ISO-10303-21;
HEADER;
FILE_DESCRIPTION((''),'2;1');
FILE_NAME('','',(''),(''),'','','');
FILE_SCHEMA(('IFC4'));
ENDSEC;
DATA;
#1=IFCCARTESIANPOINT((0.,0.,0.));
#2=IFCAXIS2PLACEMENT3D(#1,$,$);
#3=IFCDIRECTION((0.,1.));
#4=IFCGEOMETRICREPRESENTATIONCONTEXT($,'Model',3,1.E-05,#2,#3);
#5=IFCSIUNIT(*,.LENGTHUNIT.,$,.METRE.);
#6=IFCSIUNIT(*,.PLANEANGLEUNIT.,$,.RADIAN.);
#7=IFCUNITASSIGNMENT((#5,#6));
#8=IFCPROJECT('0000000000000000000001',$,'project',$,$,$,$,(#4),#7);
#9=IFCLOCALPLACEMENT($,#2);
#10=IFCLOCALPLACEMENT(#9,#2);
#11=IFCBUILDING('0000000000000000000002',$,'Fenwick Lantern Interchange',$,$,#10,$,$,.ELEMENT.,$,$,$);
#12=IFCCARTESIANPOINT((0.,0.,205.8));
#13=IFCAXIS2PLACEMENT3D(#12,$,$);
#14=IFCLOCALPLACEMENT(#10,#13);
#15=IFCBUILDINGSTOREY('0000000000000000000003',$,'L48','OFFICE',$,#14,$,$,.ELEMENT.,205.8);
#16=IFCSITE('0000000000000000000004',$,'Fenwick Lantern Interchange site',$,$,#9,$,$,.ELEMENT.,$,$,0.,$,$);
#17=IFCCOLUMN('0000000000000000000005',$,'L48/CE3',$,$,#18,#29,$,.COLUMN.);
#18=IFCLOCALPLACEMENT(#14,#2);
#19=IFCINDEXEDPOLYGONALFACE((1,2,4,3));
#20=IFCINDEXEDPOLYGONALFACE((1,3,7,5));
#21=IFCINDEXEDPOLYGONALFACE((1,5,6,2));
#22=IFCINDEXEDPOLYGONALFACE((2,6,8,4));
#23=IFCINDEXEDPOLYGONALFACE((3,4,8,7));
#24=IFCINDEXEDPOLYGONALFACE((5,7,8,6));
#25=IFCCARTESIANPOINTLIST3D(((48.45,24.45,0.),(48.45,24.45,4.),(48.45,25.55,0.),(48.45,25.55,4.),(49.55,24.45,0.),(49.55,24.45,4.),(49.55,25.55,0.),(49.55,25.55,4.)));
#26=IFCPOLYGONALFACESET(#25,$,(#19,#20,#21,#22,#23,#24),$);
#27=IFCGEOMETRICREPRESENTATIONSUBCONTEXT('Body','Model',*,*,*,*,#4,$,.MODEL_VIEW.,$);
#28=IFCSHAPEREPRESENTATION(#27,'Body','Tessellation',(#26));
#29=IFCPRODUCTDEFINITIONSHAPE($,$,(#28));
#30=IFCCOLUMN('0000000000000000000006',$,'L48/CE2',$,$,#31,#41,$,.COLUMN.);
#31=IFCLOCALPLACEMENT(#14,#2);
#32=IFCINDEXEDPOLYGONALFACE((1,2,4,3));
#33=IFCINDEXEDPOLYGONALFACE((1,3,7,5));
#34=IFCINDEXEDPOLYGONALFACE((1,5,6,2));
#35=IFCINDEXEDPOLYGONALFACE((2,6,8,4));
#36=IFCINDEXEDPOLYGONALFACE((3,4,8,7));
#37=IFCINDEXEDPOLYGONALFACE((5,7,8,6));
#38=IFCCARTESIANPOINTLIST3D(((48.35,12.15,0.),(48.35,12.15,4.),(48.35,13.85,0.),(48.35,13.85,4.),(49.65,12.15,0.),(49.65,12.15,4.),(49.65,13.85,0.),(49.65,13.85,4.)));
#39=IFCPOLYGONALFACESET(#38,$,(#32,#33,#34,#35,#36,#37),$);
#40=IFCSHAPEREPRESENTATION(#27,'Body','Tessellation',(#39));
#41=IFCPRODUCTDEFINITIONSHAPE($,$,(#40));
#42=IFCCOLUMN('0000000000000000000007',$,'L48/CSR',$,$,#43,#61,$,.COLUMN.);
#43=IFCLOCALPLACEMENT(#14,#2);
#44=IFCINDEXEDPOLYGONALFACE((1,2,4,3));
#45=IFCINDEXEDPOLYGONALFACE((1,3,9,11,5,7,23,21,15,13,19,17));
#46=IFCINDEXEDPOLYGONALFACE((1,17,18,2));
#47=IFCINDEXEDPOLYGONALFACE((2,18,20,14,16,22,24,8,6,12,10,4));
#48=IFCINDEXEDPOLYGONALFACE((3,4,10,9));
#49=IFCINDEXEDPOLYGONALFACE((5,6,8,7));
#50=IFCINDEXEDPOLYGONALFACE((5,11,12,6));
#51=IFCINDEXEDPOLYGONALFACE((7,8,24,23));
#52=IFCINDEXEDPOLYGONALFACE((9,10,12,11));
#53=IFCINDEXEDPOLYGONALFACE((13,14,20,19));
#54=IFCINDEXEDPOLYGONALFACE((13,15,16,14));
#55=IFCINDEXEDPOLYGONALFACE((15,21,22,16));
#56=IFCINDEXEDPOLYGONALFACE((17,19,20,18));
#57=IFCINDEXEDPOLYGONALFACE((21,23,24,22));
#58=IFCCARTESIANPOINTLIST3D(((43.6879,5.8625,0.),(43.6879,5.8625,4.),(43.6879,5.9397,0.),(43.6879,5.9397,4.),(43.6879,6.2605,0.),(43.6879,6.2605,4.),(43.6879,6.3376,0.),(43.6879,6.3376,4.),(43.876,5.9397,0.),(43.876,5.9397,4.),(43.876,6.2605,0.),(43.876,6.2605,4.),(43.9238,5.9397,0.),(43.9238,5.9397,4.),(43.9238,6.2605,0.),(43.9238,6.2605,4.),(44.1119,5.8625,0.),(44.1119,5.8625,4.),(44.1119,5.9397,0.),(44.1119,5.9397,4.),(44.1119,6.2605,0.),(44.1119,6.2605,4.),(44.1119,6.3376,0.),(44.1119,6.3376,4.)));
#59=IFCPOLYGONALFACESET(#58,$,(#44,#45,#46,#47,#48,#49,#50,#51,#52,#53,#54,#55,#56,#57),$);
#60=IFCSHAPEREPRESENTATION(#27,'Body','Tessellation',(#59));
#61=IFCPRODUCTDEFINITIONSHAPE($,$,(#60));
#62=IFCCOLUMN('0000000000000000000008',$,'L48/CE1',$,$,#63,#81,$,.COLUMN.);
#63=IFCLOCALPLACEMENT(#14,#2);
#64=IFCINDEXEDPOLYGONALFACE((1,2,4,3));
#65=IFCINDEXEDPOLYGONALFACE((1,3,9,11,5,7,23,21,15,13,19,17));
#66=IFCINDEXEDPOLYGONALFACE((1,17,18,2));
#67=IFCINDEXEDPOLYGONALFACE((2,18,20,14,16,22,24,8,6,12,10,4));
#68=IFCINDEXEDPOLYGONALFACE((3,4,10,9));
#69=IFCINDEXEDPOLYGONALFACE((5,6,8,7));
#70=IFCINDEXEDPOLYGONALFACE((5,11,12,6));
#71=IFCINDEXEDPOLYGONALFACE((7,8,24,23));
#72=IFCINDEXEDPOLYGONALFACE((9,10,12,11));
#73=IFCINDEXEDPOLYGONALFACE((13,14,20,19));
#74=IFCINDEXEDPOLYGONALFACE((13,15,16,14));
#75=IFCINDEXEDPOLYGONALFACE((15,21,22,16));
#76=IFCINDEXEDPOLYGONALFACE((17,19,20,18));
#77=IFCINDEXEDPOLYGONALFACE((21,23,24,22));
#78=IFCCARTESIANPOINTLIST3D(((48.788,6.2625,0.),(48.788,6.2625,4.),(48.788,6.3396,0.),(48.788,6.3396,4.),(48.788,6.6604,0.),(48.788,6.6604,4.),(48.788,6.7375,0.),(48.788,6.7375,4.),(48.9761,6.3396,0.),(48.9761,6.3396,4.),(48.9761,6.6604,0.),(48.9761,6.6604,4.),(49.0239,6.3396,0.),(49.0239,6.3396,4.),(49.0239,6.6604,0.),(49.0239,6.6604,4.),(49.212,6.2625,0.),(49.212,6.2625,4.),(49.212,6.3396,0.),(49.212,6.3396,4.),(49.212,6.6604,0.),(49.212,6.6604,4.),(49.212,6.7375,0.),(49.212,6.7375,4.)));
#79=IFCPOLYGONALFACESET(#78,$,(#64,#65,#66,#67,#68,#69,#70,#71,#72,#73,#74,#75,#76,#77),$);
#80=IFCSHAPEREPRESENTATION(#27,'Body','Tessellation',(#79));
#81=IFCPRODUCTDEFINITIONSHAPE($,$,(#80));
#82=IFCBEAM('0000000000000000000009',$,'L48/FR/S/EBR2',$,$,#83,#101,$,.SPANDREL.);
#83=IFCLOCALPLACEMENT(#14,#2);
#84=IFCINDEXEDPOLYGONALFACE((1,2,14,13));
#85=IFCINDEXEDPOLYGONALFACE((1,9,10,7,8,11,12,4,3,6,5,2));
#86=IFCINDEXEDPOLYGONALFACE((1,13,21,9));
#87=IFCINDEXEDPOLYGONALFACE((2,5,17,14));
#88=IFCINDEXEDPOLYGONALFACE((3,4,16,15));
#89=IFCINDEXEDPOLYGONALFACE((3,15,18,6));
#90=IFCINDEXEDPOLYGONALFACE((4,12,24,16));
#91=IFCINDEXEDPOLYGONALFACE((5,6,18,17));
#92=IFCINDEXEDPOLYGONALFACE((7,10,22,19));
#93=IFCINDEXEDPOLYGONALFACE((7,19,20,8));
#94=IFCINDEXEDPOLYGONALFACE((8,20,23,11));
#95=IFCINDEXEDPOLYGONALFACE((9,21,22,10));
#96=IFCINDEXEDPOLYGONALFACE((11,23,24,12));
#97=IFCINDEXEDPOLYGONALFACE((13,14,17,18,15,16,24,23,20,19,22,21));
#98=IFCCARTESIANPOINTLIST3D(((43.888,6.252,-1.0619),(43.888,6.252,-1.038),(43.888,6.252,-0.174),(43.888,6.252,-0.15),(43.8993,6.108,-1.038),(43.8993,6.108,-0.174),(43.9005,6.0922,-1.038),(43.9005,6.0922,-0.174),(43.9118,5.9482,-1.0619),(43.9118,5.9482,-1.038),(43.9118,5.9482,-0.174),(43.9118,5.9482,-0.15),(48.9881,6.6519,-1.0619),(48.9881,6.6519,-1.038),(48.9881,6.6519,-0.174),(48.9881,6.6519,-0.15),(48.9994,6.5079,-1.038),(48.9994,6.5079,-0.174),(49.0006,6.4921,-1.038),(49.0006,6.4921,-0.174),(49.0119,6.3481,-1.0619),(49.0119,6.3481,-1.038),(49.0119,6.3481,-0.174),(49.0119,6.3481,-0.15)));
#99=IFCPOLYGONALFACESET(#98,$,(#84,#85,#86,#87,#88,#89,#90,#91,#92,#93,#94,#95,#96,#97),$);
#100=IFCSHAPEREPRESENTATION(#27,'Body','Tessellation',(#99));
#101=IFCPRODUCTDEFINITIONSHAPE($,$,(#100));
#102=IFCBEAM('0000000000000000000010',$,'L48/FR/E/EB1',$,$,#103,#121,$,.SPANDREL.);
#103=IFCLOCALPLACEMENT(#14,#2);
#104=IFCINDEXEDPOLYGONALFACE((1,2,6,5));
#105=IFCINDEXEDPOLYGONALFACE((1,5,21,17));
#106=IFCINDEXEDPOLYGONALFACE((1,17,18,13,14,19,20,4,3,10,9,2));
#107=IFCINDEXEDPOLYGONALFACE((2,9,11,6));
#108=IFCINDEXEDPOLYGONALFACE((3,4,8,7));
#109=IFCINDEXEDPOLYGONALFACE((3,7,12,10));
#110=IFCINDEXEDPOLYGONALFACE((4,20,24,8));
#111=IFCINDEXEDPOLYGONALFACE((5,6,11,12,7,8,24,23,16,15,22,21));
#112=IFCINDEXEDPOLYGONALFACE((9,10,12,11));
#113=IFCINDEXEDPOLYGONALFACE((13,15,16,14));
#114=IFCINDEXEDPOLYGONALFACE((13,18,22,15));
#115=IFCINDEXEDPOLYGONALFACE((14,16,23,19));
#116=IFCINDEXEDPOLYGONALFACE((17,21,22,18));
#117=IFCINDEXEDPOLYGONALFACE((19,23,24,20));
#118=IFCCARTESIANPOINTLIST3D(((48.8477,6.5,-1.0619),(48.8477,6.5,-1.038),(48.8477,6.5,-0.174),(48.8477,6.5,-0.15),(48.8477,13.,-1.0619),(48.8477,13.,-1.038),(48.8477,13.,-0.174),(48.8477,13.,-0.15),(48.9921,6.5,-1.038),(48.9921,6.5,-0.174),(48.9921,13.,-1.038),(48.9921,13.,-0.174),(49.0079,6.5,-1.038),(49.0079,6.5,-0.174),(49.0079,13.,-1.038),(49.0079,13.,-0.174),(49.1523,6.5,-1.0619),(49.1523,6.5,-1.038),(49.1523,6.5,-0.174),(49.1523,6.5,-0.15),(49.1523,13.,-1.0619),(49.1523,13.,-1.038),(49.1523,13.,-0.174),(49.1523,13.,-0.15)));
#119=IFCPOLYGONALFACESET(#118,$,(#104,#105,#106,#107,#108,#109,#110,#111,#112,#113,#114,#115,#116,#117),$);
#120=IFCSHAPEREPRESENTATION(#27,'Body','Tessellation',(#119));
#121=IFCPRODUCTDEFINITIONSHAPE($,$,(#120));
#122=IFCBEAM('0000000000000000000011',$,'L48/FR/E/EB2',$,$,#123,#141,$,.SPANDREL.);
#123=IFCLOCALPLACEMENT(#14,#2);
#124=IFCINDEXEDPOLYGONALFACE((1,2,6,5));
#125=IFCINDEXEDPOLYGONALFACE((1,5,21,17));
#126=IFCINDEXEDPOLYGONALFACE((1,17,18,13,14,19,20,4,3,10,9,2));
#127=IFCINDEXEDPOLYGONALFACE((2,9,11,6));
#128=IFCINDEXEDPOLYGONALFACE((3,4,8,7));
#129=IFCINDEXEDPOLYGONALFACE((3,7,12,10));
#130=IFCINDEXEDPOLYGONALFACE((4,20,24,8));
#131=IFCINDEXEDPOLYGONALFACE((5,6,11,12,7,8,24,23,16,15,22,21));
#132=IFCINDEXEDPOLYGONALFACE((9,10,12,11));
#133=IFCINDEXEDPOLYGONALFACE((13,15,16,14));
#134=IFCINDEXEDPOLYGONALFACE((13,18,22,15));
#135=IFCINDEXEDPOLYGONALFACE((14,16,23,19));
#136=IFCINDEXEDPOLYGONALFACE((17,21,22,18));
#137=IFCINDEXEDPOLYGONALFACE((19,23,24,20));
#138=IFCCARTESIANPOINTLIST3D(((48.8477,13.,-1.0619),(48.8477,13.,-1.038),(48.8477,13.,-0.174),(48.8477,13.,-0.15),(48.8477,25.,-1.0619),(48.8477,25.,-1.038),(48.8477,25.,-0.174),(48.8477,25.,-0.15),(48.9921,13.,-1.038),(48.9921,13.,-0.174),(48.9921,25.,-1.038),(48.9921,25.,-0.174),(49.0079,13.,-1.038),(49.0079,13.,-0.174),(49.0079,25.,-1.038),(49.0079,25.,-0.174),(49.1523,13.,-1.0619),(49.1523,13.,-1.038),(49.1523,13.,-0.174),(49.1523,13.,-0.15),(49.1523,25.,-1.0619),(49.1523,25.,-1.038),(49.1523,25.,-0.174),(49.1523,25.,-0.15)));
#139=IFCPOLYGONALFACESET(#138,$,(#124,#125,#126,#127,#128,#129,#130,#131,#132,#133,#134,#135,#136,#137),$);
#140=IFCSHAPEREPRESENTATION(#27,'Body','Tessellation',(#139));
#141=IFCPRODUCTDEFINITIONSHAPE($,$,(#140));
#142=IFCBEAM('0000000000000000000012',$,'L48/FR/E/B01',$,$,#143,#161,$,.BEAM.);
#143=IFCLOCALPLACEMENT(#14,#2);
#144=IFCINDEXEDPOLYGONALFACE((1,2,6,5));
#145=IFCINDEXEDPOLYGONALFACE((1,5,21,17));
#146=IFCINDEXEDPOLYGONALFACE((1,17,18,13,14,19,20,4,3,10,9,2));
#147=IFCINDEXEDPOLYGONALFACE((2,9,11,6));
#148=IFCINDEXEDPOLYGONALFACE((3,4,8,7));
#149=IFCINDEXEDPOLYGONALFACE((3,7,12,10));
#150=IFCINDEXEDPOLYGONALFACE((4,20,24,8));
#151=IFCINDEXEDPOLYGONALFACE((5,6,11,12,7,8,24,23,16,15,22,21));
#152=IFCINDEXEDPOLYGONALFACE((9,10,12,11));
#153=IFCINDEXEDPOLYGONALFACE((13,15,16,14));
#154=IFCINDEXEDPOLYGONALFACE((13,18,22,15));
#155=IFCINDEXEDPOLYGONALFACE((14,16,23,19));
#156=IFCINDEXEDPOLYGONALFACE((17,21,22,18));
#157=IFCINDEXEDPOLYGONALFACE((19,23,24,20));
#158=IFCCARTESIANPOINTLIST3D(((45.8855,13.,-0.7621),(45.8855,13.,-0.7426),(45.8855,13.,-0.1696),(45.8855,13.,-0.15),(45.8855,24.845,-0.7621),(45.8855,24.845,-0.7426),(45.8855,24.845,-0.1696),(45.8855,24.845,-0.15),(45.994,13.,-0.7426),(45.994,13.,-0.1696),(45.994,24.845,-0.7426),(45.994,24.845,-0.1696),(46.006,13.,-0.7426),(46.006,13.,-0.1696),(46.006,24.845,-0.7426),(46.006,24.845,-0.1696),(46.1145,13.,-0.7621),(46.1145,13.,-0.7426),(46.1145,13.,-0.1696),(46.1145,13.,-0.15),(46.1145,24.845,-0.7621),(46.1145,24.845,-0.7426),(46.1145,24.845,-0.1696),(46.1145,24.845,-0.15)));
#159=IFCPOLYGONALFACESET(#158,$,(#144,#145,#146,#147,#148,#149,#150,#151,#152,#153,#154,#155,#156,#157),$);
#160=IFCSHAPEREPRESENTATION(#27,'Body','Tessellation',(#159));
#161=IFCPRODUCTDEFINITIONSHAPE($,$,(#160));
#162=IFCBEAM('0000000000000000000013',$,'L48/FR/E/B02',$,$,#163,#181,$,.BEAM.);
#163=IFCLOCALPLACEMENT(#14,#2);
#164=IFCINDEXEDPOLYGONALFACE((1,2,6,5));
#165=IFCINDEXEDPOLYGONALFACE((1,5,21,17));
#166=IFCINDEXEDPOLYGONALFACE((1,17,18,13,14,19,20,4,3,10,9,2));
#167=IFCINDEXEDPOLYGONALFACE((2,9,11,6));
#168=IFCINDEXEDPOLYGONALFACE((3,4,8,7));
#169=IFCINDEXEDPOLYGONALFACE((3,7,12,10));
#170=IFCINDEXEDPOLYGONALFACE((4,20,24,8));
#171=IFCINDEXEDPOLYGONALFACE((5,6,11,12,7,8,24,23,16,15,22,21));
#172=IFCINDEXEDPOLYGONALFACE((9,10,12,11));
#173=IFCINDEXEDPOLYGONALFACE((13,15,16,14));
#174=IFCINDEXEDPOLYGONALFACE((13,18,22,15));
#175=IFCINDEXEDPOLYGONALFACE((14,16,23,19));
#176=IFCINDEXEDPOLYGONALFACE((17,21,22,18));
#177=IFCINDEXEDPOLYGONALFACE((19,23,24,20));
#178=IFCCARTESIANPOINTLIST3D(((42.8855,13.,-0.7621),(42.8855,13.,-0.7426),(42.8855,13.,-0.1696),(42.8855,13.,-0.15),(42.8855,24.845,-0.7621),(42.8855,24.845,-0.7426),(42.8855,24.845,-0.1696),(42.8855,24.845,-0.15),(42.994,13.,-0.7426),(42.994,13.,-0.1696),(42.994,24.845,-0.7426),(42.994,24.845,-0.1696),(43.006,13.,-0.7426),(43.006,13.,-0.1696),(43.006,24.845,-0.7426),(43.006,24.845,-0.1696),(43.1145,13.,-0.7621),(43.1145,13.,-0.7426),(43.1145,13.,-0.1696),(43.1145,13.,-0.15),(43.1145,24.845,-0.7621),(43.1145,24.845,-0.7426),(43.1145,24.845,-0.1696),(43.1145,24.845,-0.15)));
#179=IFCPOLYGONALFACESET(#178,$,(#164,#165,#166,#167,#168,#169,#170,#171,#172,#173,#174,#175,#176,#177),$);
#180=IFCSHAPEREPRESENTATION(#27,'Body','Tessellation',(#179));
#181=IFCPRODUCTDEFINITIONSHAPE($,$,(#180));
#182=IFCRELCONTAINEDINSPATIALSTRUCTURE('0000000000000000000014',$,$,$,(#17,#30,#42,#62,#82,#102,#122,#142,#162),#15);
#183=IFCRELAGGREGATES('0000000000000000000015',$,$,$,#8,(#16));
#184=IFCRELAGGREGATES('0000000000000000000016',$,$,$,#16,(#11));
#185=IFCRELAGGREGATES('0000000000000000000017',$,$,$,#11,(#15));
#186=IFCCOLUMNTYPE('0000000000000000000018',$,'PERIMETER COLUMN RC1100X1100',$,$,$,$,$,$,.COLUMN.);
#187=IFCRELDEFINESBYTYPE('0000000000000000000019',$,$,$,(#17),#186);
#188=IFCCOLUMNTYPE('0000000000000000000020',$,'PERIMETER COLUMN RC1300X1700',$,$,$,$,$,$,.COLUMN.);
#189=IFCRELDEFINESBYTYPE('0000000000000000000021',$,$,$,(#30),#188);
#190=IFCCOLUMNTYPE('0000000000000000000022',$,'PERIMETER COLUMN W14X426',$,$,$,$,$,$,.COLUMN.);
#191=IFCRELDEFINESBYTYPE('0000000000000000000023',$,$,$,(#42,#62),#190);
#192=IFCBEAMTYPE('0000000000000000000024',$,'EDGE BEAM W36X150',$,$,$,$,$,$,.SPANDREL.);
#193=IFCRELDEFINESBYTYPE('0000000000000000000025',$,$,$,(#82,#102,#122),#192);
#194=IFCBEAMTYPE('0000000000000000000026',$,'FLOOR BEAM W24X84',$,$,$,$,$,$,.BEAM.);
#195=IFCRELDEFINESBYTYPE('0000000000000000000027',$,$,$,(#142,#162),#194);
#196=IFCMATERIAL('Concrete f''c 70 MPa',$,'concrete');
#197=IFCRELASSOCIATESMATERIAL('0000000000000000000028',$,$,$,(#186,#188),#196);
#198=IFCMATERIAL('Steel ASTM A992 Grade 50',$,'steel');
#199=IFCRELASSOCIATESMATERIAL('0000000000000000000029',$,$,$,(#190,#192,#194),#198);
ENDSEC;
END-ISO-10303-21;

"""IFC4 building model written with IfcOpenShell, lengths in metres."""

from ifc_helpers import new_model, si_unit, direction, frame, origin, origin_2d, place, context, subcontext, project, spatial, rectangle, i_section, extrude, material, material_profile, profile_set, type_object, element, save


model = new_model("IFC4")

# Units and contexts
model_context = context("Model", 3, precision=1e-05, world=origin(), true_north=direction((0.0, 1.0)))
body_context = subcontext(model_context, "Body", "Model", "MODEL_VIEW")
ifc_project = project(units=[si_unit("LENGTHUNIT", "METRE"), si_unit("PLANEANGLEUNIT", "RADIAN")], contexts=[model_context])

# Site, building, storey
site_placement = place(None, origin())
site = spatial("IfcSite", under=ifc_project, at=site_placement, Name="Fenwick Lantern Interchange site", CompositionType="ELEMENT", RefElevation=0.0)
building_placement = place(site_placement, origin())
building = spatial("IfcBuilding", under=site, at=building_placement, Name="Fenwick Lantern Interchange", CompositionType="ELEMENT")
storey_placement = place(building_placement, frame((0.0, 0.0, 205.8)))
storey = spatial("IfcBuildingStorey", under=building, at=storey_placement, Name="L48", Description="OFFICE", CompositionType="ELEMENT", Elevation=205.8)

# Columns
ifc_material_1 = material(Name="Concrete f'c 70 MPa", Category="concrete")
ifc_material_profile_1 = material_profile(ifc_material_1, rectangle(XDim=1.1001, YDim=1.1001, at=origin_2d()), Name="RC1100X1100")
ifc_profile_set_1 = profile_set([ifc_material_profile_1], Name="Concrete f'c 70 MPa")
column_type_1 = type_object("IfcColumnType", Name="PERIMETER COLUMN RC1100X1100", PredefinedType="COLUMN", material=ifc_profile_set_1)
column_1_placement = place(storey_placement, frame((49.0, 25.0, 0.0), z_axis=(0.0, 0.0, 1.0), x_axis=(1.0, 0.0, 0.0)))
element("IfcColumn", 1, at=column_1_placement, inside=storey, type_object=column_type_1, Name="L48/CE3", PredefinedType="COLUMN", context=body_context, shape_type="SweptSolid", body=[
    extrude(rectangle(XDim=1.1001, YDim=1.1001, at=origin_2d()), origin(), (0.0, 0.0, 1.0), 4.0),
])
ifc_material_profile_2 = material_profile(ifc_material_1, rectangle(XDim=1.3, YDim=1.7, at=origin_2d()), Name="RC1300X1700")
ifc_profile_set_2 = profile_set([ifc_material_profile_2], Name="Concrete f'c 70 MPa")
column_type_2 = type_object("IfcColumnType", Name="PERIMETER COLUMN RC1300X1700", PredefinedType="COLUMN", material=ifc_profile_set_2)
column_2_placement = place(storey_placement, frame((49.0, 13.0, 0.0), z_axis=(0.0, 0.0, 1.0), x_axis=(1.0, 0.0, 0.0)))
element("IfcColumn", 2, at=column_2_placement, inside=storey, type_object=column_type_2, Name="L48/CE2", PredefinedType="COLUMN", context=body_context, shape_type="SweptSolid", body=[
    extrude(rectangle(XDim=1.3, YDim=1.7, at=origin_2d()), origin(), (0.0, 0.0, 1.0), 4.0),
])
ifc_material_2 = material(Name="Steel ASTM A992 Grade 50", Category="steel")
ifc_material_profile_3 = material_profile(ifc_material_2, i_section(OverallWidth=0.4241, OverallDepth=0.4751, WebThickness=0.0479, FlangeThickness=0.0771, at=origin_2d()), Name="W14X426")
ifc_profile_set_3 = profile_set([ifc_material_profile_3], Name="Steel ASTM A992 Grade 50")
column_type_3 = type_object("IfcColumnType", Name="PERIMETER COLUMN W14X426", PredefinedType="COLUMN", material=ifc_profile_set_3)
for number, where, z_axis, x_axis, name in (
    (3, (43.8999, 6.1001, 0.0), (0.0, 0.0, 1.0), (1.0, 0.0, 0.0), "L48/CSR"),
    (4, (49.0, 6.5, 0.0), (0.0, 0.0, 1.0), (1.0, 0.0, 0.0), "L48/CE1"),
):
    element("IfcColumn", number, at=place(storey_placement, frame(where, z_axis=z_axis, x_axis=x_axis)), inside=storey, type_object=column_type_3, Name=name, PredefinedType="COLUMN", context=body_context, shape_type="SweptSolid", body=[
        extrude(i_section(OverallWidth=0.4241, OverallDepth=0.4751, WebThickness=0.0479, FlangeThickness=0.0771, at=origin_2d()), origin(), (0.0, 0.0, 1.0), 4.0),
    ])

# Beams
ifc_material_profile_4 = material_profile(ifc_material_2, i_section(OverallWidth=0.3047, OverallDepth=0.9119, WebThickness=0.0159, FlangeThickness=0.0239, at=origin_2d()), Name="W36X150")
ifc_profile_set_4 = profile_set([ifc_material_profile_4], Name="Steel ASTM A992 Grade 50")
beam_type_1 = type_object("IfcBeamType", Name="EDGE BEAM W36X150", PredefinedType="SPANDREL", material=ifc_profile_set_4)
beam_1_placement = place(storey_placement, frame((43.8999, 6.1001, -0.606), z_axis=(0.99694, 0.078171, 0.0), x_axis=(-0.078171, 0.99694, 0.0)))
element("IfcBeam", 5, at=beam_1_placement, inside=storey, type_object=beam_type_1, Name="L48/FR/S/EBR2", PredefinedType="SPANDREL", context=body_context, shape_type="SweptSolid", body=[
    extrude(i_section(OverallWidth=0.3047, OverallDepth=0.9119, WebThickness=0.0159, FlangeThickness=0.0239, at=origin_2d()), origin(), (0.0, 0.0, 1.0), 5.1157),
])
beam_2_placement = place(storey_placement, frame((49.0, 6.5, -0.606), z_axis=(0.0, 1.0, 0.0), x_axis=(-1.0, 0.0, 0.0)))
element("IfcBeam", 6, at=beam_2_placement, inside=storey, type_object=beam_type_1, Name="L48/FR/E/EB1", PredefinedType="SPANDREL", context=body_context, shape_type="SweptSolid", body=[
    extrude(i_section(OverallWidth=0.3047, OverallDepth=0.9119, WebThickness=0.0159, FlangeThickness=0.0239, at=origin_2d()), origin(), (0.0, 0.0, 1.0), 6.5),
])
beam_3_placement = place(storey_placement, frame((49.0, 13.0, -0.606), z_axis=(0.0, 1.0, 0.0), x_axis=(-1.0, 0.0, 0.0)))
element("IfcBeam", 7, at=beam_3_placement, inside=storey, type_object=beam_type_1, Name="L48/FR/E/EB2", PredefinedType="SPANDREL", context=body_context, shape_type="SweptSolid", body=[
    extrude(i_section(OverallWidth=0.3047, OverallDepth=0.9119, WebThickness=0.0159, FlangeThickness=0.0239, at=origin_2d()), origin(), (0.0, 0.0, 1.0), 12.0),
])
ifc_material_profile_5 = material_profile(ifc_material_2, i_section(OverallWidth=0.229, OverallDepth=0.6121, WebThickness=0.012, FlangeThickness=0.0195, at=origin_2d()), Name="W24X84")
ifc_profile_set_5 = profile_set([ifc_material_profile_5], Name="Steel ASTM A992 Grade 50")
beam_type_2 = type_object("IfcBeamType", Name="FLOOR BEAM W24X84", PredefinedType="BEAM", material=ifc_profile_set_5)
for number, where, z_axis, x_axis, name in (
    (8, (46.0, 13.0, -0.4561), (0.0, 1.0, 0.0), (-1.0, 0.0, 0.0), "L48/FR/E/B01"),
    (9, (43.0, 13.0, -0.4561), (0.0, 1.0, 0.0), (-1.0, 0.0, 0.0), "L48/FR/E/B02"),
):
    element("IfcBeam", number, at=place(storey_placement, frame(where, z_axis=z_axis, x_axis=x_axis)), inside=storey, type_object=beam_type_2, Name=name, PredefinedType="BEAM", context=body_context, shape_type="SweptSolid", body=[
        extrude(i_section(OverallWidth=0.229, OverallDepth=0.6121, WebThickness=0.012, FlangeThickness=0.0195, at=origin_2d()), origin(), (0.0, 0.0, 1.0), 11.845),
    ])

save(model, "model.ifc")
